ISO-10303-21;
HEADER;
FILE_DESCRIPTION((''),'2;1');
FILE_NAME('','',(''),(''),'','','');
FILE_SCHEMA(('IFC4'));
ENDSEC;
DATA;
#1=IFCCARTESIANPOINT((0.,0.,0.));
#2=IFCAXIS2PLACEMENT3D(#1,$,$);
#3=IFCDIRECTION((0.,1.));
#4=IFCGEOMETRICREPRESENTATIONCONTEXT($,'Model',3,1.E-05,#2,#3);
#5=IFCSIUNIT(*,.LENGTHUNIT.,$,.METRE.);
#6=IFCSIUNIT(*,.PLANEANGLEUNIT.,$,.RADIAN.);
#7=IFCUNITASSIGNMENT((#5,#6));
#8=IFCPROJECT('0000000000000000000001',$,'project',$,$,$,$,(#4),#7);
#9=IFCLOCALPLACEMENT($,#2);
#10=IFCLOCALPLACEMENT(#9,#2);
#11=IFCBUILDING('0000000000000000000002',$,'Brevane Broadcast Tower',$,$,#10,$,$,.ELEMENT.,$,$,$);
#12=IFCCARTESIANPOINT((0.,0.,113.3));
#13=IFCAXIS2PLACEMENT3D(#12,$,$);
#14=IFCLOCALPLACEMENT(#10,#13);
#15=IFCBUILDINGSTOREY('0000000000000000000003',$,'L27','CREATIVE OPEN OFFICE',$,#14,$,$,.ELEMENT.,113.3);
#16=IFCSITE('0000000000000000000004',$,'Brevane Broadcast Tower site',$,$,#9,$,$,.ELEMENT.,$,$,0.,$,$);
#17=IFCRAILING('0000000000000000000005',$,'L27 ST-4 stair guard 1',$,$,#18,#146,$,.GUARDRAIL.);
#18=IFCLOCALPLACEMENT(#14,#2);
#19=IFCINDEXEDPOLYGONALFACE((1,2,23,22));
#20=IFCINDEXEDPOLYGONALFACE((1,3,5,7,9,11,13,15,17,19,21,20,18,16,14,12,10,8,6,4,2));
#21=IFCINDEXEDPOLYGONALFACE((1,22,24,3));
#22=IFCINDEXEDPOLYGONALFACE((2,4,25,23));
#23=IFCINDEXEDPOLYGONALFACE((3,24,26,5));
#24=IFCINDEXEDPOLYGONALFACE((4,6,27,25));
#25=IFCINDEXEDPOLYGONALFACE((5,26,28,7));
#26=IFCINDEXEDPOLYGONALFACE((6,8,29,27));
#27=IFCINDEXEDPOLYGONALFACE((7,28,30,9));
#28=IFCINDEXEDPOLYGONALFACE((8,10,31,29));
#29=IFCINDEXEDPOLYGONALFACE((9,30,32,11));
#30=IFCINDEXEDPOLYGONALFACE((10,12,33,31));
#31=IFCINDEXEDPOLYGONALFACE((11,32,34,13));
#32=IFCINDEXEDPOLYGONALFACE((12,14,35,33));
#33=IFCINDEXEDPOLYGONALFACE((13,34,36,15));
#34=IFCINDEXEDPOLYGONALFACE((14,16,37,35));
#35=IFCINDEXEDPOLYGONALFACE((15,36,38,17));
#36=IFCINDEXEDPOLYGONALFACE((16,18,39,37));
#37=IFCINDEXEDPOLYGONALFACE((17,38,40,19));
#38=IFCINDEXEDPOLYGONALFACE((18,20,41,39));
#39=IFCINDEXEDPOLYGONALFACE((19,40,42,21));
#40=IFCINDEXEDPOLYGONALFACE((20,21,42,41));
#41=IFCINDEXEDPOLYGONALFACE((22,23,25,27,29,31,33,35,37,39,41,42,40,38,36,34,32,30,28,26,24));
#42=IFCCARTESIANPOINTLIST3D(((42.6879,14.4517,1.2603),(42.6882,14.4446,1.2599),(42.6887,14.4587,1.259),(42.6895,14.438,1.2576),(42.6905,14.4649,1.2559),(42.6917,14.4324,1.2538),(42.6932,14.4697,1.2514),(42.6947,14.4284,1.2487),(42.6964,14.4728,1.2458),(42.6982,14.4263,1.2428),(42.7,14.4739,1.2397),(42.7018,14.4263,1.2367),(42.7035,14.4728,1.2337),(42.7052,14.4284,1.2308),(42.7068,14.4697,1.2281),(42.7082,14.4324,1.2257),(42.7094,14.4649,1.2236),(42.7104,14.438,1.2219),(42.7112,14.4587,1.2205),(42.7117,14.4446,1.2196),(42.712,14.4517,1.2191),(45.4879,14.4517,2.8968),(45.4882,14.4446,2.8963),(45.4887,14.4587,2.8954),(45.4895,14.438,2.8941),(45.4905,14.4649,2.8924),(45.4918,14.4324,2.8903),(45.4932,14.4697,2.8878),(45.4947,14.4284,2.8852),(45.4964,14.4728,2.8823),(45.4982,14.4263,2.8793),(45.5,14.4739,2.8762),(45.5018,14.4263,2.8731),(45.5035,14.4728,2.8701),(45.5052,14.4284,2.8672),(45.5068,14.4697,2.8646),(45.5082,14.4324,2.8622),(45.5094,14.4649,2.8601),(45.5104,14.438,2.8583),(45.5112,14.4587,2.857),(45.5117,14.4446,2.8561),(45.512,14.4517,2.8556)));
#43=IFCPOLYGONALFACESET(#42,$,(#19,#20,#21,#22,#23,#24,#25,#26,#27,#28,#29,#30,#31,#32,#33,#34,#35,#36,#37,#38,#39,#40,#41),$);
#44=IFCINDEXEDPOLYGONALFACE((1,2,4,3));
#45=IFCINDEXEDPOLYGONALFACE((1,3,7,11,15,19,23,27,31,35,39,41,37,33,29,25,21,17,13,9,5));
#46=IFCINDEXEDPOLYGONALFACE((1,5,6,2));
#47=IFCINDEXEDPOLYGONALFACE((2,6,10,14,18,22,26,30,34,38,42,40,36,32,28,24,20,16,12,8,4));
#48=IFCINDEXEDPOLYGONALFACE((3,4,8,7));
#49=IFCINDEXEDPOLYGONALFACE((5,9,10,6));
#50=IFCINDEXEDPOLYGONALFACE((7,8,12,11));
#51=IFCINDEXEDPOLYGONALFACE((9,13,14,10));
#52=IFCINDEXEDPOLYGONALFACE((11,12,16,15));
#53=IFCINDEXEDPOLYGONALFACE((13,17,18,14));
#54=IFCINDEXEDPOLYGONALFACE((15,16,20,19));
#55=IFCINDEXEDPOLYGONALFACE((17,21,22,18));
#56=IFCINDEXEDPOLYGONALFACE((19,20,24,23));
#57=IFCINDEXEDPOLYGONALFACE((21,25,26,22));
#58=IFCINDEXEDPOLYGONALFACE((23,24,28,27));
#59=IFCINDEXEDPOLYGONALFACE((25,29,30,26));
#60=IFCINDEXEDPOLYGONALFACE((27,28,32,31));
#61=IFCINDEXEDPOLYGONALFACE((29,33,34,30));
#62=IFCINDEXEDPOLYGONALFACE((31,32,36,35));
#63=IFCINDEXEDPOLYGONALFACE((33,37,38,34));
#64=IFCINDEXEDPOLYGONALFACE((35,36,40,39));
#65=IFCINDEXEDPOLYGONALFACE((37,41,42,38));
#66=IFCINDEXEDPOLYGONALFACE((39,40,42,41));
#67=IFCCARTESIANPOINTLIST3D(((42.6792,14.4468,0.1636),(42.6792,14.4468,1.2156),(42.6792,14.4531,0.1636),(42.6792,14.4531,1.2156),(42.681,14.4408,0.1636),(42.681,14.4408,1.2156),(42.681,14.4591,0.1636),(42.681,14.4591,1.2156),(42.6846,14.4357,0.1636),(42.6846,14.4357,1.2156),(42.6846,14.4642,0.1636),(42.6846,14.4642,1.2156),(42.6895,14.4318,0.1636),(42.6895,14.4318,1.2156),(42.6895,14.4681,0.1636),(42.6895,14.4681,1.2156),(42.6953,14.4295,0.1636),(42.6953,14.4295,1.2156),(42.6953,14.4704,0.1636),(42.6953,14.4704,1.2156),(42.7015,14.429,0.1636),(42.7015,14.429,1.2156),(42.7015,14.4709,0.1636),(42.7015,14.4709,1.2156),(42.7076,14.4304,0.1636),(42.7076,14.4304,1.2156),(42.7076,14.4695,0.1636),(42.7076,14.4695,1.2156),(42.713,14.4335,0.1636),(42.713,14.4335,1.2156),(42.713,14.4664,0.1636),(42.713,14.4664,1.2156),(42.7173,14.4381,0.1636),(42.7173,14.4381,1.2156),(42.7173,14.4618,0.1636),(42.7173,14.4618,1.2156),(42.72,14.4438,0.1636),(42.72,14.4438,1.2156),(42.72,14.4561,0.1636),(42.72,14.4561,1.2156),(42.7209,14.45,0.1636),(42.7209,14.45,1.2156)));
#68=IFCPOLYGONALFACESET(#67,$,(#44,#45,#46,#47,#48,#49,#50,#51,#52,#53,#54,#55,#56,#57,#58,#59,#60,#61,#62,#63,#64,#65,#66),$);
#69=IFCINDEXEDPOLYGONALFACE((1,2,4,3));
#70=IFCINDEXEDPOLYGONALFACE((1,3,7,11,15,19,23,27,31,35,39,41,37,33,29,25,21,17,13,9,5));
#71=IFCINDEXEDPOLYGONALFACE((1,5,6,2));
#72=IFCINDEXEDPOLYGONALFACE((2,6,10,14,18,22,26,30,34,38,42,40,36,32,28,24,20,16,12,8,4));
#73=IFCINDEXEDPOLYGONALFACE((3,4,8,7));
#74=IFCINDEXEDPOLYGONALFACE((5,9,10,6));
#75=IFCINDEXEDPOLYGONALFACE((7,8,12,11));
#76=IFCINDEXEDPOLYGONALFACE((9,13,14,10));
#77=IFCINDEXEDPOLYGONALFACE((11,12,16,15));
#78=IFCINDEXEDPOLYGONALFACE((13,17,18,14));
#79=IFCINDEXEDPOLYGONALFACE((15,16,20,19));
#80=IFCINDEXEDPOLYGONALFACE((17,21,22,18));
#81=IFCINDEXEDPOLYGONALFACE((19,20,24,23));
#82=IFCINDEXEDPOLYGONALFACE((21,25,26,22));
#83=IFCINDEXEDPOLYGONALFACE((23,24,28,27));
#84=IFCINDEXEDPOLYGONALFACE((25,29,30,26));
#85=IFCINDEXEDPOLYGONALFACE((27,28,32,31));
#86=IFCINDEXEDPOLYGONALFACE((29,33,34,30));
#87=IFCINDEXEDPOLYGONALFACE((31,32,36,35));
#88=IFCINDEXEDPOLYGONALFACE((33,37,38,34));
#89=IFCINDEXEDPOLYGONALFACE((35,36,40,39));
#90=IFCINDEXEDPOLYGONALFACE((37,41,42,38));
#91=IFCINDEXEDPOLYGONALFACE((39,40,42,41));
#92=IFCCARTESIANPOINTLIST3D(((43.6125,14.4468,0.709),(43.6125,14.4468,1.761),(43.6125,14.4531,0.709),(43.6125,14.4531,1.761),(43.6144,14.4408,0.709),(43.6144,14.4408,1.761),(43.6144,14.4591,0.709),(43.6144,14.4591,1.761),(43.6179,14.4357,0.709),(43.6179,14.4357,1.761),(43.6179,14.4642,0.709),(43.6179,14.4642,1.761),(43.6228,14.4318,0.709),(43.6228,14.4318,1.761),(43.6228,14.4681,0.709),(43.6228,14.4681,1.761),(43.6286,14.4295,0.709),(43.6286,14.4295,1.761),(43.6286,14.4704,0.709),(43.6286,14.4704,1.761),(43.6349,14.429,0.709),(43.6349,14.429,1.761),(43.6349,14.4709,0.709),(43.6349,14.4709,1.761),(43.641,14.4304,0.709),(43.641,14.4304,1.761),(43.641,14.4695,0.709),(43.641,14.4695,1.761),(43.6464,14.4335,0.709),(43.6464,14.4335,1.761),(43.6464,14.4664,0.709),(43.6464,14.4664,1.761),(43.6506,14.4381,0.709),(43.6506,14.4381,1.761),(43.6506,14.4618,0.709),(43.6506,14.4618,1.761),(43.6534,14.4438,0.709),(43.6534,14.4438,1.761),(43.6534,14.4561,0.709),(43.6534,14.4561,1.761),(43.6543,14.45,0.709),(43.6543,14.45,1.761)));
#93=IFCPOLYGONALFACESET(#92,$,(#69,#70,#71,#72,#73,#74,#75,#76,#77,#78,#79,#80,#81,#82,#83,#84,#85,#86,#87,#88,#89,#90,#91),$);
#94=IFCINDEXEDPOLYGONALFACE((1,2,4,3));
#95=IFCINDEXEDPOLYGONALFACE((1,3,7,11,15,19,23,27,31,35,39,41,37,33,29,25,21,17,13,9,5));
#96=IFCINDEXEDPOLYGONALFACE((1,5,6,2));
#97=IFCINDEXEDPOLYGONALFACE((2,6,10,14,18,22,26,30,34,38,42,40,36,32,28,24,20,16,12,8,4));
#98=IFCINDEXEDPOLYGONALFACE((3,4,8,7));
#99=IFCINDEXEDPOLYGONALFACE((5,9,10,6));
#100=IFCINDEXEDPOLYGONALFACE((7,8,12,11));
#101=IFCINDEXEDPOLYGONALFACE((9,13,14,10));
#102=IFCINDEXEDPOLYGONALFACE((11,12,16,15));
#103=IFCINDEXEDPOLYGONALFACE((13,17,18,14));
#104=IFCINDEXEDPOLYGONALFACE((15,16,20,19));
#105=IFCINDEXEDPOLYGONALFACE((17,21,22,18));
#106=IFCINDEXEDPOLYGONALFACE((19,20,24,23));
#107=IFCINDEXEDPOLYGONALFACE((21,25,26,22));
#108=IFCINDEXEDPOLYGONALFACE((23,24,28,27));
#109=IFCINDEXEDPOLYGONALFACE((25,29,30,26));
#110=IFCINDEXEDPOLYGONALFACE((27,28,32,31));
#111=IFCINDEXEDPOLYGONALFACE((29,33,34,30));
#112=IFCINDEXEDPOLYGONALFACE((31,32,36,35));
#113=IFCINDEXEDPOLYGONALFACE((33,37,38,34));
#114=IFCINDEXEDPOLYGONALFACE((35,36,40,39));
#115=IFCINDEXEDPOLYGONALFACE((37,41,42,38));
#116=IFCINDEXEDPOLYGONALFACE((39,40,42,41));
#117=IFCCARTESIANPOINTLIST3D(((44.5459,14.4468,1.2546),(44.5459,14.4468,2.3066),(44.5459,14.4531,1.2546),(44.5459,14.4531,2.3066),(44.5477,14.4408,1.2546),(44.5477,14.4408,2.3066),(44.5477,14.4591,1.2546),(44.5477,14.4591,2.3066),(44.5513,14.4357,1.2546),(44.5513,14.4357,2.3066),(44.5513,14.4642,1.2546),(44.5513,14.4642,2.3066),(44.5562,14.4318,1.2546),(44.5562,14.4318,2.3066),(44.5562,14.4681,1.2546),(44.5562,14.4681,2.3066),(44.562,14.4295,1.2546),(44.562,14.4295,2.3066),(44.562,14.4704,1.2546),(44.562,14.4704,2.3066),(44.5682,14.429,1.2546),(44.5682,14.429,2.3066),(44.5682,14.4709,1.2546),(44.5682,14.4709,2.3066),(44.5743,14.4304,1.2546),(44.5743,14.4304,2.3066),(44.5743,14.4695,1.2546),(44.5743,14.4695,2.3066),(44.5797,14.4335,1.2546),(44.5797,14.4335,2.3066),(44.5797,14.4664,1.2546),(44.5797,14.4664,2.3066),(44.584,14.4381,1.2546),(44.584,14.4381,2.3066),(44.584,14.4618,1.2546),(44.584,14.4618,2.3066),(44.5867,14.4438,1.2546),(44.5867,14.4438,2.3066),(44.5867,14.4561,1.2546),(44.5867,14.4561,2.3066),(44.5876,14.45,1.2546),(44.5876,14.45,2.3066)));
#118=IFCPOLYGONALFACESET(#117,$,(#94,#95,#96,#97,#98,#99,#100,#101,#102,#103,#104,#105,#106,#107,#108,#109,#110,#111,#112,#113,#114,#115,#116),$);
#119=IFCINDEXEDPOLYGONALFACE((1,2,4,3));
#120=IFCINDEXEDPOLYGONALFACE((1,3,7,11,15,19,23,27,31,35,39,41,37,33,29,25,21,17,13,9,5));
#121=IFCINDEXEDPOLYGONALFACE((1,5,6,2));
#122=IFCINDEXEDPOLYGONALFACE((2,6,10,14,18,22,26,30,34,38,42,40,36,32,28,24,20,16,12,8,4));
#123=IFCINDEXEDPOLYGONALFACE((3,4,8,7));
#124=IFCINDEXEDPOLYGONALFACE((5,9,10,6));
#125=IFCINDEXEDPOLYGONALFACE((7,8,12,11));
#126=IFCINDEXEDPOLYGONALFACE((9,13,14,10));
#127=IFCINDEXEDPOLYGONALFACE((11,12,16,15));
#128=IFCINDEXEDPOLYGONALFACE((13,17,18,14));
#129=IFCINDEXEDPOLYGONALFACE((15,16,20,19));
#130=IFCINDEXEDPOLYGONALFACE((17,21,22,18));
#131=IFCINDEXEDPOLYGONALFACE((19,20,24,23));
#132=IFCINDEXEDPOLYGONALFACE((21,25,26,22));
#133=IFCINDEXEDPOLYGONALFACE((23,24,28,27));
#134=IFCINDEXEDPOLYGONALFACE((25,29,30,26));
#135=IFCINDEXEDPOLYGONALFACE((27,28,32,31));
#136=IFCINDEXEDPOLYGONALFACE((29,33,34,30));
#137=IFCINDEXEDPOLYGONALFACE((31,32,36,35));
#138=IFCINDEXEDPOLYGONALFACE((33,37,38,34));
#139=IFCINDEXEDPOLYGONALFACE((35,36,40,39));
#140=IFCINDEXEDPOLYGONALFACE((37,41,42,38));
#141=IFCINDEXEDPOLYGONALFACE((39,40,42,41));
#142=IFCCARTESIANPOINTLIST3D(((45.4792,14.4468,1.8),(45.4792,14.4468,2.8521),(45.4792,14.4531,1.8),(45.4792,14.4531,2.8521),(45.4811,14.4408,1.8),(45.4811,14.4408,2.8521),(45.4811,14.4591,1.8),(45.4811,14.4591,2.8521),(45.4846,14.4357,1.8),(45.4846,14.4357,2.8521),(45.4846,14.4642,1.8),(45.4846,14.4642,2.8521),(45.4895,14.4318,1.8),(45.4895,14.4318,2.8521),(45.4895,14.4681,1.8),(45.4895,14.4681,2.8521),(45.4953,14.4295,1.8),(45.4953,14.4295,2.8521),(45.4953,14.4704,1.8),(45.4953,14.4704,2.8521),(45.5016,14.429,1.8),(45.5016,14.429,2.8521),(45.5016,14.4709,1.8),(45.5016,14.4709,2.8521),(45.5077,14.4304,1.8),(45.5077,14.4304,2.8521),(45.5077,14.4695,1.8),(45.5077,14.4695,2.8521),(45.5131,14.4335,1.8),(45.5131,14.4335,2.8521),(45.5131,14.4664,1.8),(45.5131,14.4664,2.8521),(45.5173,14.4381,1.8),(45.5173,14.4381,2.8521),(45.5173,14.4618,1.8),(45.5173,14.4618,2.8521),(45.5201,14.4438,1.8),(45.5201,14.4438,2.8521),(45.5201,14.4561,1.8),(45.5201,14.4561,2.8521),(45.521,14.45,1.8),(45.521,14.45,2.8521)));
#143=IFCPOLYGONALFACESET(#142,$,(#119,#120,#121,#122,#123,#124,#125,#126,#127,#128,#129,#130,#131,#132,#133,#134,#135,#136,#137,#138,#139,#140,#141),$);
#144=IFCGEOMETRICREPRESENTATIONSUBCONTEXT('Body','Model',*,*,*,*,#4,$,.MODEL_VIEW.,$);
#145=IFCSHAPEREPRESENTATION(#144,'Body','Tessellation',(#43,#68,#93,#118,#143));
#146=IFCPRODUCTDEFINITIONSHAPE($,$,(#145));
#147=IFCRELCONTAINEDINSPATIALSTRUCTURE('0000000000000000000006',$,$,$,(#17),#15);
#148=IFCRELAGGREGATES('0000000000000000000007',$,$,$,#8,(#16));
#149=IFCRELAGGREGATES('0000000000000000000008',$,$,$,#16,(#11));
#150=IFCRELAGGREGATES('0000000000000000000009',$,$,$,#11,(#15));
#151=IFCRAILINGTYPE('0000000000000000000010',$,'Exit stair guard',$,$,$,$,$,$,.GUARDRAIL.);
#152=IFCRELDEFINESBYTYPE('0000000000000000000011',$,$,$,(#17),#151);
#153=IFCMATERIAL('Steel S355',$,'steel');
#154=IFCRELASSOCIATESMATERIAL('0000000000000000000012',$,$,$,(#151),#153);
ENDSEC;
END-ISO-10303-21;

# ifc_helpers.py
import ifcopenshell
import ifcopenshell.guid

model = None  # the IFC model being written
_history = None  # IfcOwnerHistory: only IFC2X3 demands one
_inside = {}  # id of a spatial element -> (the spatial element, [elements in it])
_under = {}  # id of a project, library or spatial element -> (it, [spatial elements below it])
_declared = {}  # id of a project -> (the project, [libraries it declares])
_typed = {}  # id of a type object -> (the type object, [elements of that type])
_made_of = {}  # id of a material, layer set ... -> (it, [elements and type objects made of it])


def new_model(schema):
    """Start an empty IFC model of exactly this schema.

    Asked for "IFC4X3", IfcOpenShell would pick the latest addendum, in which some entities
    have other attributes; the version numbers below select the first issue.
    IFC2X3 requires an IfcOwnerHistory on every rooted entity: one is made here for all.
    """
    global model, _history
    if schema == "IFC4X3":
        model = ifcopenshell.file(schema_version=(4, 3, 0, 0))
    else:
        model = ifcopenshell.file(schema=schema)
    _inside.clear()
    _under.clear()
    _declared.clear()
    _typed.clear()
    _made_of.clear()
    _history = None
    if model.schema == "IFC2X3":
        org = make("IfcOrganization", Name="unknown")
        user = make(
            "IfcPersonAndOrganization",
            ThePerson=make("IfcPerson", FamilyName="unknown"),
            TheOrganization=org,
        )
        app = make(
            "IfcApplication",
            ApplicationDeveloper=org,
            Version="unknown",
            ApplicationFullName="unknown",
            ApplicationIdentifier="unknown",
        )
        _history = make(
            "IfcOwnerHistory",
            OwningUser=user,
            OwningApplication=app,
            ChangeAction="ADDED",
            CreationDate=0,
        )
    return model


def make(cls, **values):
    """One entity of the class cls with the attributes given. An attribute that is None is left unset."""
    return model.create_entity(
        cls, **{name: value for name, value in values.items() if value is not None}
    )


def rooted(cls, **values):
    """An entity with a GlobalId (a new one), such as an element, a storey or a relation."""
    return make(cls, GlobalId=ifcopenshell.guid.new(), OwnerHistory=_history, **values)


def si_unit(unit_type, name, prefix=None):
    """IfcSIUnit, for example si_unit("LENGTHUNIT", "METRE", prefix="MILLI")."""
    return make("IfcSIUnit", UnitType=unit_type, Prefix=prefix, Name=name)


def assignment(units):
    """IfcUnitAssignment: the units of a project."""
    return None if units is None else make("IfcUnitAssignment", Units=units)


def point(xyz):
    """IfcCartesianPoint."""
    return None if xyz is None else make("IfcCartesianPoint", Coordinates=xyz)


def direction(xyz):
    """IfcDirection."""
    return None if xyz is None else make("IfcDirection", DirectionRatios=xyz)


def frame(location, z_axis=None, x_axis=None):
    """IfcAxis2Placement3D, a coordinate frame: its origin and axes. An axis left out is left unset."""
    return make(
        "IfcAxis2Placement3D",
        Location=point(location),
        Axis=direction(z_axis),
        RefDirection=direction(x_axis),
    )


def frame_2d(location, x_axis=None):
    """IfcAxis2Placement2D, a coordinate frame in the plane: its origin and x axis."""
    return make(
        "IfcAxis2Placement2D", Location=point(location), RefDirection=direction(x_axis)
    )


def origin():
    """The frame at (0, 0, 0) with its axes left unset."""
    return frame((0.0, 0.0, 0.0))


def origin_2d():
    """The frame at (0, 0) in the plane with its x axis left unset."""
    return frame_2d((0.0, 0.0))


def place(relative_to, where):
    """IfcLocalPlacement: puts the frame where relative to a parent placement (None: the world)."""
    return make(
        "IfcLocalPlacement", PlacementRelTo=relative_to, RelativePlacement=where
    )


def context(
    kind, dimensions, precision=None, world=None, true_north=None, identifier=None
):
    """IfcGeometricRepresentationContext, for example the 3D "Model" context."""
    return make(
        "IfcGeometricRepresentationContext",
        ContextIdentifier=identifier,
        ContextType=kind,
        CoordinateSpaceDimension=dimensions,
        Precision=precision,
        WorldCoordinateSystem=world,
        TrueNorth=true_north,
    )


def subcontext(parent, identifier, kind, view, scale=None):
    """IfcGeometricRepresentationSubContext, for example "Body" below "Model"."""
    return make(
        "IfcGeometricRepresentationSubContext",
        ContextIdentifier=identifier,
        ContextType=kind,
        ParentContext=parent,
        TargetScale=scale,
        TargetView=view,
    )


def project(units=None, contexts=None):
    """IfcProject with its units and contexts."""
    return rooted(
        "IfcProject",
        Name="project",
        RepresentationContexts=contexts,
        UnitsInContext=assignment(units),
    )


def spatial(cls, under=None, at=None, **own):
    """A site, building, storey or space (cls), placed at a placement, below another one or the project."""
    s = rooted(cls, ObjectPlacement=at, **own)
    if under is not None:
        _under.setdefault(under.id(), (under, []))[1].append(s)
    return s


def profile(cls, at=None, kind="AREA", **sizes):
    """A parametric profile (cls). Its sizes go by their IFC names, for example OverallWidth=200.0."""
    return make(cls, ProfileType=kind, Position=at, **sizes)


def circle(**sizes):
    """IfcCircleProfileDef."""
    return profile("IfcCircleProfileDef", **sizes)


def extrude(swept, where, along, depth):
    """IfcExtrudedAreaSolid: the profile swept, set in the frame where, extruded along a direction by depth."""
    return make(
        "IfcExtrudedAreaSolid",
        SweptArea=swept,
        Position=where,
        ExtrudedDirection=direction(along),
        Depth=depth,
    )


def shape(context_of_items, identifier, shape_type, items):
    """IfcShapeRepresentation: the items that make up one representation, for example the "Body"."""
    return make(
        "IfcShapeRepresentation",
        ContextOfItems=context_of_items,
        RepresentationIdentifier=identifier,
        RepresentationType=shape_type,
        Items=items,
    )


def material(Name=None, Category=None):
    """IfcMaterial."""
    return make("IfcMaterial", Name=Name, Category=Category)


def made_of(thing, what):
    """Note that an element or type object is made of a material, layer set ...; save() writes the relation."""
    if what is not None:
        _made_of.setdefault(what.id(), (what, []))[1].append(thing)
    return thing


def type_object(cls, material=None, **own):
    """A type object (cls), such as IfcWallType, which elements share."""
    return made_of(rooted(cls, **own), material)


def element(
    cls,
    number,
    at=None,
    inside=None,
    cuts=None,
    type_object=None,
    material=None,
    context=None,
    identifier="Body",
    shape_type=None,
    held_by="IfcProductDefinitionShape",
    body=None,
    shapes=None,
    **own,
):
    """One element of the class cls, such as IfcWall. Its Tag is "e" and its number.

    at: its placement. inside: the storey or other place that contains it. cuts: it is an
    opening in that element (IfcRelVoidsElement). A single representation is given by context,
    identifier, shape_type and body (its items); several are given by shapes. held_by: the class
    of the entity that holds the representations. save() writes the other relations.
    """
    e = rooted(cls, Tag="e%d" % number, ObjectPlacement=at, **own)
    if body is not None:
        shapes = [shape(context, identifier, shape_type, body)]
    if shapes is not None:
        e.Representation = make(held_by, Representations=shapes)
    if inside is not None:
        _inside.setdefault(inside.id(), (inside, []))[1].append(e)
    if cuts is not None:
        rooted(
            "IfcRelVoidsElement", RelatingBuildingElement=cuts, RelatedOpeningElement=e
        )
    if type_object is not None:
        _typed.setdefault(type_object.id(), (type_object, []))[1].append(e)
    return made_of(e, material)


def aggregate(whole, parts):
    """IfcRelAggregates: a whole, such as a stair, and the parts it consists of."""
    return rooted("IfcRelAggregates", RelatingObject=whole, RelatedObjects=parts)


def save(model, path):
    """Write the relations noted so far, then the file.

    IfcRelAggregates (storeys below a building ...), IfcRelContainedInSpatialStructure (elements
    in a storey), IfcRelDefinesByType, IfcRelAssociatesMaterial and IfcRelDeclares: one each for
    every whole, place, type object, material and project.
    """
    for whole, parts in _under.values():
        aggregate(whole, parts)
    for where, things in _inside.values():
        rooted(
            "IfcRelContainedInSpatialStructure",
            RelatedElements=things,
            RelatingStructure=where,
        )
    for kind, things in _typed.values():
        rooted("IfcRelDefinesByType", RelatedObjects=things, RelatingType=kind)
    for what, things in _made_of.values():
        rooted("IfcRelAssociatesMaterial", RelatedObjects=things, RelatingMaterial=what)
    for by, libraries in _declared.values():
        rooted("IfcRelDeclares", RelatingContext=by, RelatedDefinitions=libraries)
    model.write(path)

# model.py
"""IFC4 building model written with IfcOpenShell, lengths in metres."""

from ifc_helpers import new_model, si_unit, direction, frame, origin, origin_2d, place, context, subcontext, project, spatial, circle, extrude, material, type_object, element, save


model = new_model("IFC4")

# Units and contexts
model_context = context("Model", 3, precision=1e-05, world=origin(), true_north=direction((0.0, 1.0)))
body_context = subcontext(model_context, "Body", "Model", "MODEL_VIEW")
ifc_project = project(units=[si_unit("LENGTHUNIT", "METRE"), si_unit("PLANEANGLEUNIT", "RADIAN")], contexts=[model_context])

# Site, building, storey
site_placement = place(None, origin())
site = spatial("IfcSite", under=ifc_project, at=site_placement, Name="Brevane Broadcast Tower site", CompositionType="ELEMENT", RefElevation=0.0)
building_placement = place(site_placement, origin())
building = spatial("IfcBuilding", under=site, at=building_placement, Name="Brevane Broadcast Tower", CompositionType="ELEMENT")
storey_placement = place(building_placement, frame((0.0, 0.0, 113.3)))
storey = spatial("IfcBuildingStorey", under=building, at=storey_placement, Name="L27", Description="CREATIVE OPEN OFFICE", CompositionType="ELEMENT", Elevation=113.3)

# Railing
ifc_material_1 = material(Name="Steel S355", Category="steel")
railing_type_1 = type_object("IfcRailingType", Name="Exit stair guard", PredefinedType="GUARDRAIL", material=ifc_material_1)
railing_1_placement = place(storey_placement, frame((42.7, 14.45, 0.1636)))
element("IfcRailing", 1, at=railing_1_placement, inside=storey, type_object=railing_type_1, Name="L27 ST-4 stair guard 1", PredefinedType="GUARDRAIL", context=body_context, shape_type="SweptSolid", body=[
    extrude(circle(Radius=0.0239, at=origin_2d()), frame((0.0, 0.0, 1.0762), z_axis=(0.863361, 0.0, 0.504587), x_axis=(0.0, 1.0, 0.0)), (0.0, 0.0, 1.0), 3.2432),
    extrude(circle(Radius=0.021, at=origin_2d()), origin(), (0.0, 0.0, 1.0), 1.052),
    extrude(circle(Radius=0.021, at=origin_2d()), frame((0.9333, 0.0, 0.5454)), (0.0, 0.0, 1.0), 1.052),
    extrude(circle(Radius=0.021, at=origin_2d()), frame((1.8667, 0.0, 1.0911)), (0.0, 0.0, 1.0), 1.052),
    extrude(circle(Radius=0.021, at=origin_2d()), frame((2.8, 0.0, 1.6365)), (0.0, 0.0, 1.0), 1.052),
])

save(model, "model.ifc")
